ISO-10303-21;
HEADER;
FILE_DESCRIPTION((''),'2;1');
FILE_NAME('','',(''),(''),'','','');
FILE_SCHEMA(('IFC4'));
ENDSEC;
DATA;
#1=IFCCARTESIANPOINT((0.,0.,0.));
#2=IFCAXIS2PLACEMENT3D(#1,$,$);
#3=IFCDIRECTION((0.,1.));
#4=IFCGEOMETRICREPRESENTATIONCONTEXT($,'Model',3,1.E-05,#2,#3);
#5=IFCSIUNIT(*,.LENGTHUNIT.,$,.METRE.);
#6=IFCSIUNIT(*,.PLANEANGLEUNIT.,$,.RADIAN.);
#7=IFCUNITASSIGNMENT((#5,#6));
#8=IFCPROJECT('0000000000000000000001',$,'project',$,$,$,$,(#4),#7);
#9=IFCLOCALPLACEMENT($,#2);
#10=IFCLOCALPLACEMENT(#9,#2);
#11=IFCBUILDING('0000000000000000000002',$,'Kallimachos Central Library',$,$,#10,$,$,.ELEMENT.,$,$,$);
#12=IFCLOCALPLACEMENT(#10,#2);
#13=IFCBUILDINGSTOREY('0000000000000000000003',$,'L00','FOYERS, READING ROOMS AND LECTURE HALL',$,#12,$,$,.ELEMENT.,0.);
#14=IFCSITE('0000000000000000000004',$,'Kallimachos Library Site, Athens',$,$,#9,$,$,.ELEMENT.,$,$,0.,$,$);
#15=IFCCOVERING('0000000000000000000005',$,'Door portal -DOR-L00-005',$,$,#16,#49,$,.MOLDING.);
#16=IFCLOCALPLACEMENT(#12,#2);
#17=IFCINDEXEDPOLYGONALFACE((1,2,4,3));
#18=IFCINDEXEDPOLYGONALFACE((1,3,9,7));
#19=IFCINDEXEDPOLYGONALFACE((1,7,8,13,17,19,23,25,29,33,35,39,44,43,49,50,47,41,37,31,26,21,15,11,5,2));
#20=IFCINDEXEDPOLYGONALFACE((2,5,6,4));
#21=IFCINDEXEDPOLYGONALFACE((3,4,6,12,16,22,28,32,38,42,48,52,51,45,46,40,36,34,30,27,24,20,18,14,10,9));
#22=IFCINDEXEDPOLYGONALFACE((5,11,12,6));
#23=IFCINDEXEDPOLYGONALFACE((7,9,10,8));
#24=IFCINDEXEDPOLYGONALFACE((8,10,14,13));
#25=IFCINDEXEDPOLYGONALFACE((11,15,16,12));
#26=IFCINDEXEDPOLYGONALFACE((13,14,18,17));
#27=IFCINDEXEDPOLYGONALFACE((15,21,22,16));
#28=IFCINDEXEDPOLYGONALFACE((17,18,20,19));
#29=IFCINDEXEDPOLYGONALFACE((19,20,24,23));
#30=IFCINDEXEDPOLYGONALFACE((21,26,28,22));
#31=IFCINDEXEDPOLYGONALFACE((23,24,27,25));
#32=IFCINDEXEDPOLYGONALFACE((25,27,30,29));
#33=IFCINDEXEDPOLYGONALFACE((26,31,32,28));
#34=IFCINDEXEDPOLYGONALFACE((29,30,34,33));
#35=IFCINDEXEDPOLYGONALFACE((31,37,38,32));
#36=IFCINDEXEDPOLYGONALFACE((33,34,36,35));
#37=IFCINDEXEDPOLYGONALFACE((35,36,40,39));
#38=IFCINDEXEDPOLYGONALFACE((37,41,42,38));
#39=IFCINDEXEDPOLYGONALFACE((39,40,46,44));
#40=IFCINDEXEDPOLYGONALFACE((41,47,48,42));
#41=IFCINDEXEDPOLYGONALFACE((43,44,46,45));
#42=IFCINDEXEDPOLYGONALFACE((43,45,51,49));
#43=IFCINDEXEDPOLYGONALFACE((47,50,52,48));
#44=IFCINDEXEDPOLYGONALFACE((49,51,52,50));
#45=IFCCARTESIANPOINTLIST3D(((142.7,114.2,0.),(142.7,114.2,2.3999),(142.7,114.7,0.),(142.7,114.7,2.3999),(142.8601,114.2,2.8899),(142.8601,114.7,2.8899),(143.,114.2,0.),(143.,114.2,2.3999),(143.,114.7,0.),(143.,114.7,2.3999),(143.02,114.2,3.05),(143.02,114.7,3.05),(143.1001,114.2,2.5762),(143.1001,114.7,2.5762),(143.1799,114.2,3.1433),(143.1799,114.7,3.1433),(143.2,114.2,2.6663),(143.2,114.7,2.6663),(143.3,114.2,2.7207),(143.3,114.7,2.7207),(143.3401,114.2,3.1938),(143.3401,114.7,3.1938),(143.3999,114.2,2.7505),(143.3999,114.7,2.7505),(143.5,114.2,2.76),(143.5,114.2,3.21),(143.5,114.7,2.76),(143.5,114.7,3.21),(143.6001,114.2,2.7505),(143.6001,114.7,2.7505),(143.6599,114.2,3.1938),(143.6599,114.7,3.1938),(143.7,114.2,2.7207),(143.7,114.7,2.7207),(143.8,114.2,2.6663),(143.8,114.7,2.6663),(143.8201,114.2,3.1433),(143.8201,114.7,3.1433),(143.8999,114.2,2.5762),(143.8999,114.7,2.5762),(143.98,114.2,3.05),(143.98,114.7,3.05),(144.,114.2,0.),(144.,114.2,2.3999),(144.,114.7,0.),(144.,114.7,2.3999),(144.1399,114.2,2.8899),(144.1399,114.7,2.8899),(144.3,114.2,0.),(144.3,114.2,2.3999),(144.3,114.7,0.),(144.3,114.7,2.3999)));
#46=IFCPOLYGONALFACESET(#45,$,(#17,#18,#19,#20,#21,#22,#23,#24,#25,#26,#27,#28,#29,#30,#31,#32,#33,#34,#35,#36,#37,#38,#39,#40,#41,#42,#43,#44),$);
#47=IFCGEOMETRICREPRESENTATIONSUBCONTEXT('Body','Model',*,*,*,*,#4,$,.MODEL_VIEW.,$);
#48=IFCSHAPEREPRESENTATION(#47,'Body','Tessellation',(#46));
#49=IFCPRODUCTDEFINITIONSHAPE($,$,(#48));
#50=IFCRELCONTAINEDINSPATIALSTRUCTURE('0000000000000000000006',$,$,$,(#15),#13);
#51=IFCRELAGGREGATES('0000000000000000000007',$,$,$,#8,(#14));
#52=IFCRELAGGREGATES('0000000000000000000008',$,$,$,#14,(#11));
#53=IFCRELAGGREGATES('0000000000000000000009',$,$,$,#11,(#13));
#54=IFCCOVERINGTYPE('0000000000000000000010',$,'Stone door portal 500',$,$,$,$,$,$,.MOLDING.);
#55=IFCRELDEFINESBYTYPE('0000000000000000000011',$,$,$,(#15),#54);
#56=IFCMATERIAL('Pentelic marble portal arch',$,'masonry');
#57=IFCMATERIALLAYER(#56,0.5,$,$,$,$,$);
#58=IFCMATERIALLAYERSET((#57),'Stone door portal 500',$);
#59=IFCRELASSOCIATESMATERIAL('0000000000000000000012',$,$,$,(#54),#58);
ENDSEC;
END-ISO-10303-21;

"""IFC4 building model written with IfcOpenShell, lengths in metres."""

from ifc_helpers import new_model, si_unit, direction, frame, origin, place, context, subcontext, project, spatial, polyline, outline, extrude, material, layer, layer_set, type_object, element, save


model = new_model("IFC4")

# Units and contexts
model_context = context("Model", 3, precision=1e-05, world=origin(), true_north=direction((0.0, 1.0)))
body_context = subcontext(model_context, "Body", "Model", "MODEL_VIEW")
ifc_project = project(units=[si_unit("LENGTHUNIT", "METRE"), si_unit("PLANEANGLEUNIT", "RADIAN")], contexts=[model_context])

# Site, building, storey
site_placement = place(None, origin())
site = spatial("IfcSite", under=ifc_project, at=site_placement, Name="Kallimachos Library Site, Athens", CompositionType="ELEMENT", RefElevation=0.0)
building_placement = place(site_placement, origin())
building = spatial("IfcBuilding", under=site, at=building_placement, Name="Kallimachos Central Library", CompositionType="ELEMENT")
storey_placement = place(building_placement, origin())
storey = spatial("IfcBuildingStorey", under=building, at=storey_placement, Name="L00", Description="FOYERS, READING ROOMS AND LECTURE HALL", CompositionType="ELEMENT", Elevation=0.0)

# Covering
ifc_material_1 = material(Name="Pentelic marble portal arch", Category="masonry")
ifc_layer_1 = layer(ifc_material_1, 0.5)
ifc_layer_set_1 = layer_set([ifc_layer_1], Name="Stone door portal 500")
covering_type_1 = type_object("IfcCoveringType", Name="Stone door portal 500", PredefinedType="MOLDING", material=ifc_layer_set_1)
covering_1_placement = place(storey_placement, frame((142.7, 114.7, 0.0), z_axis=(0.0, 1.0, 0.0), x_axis=(0.0, 0.0, 1.0)))
element("IfcCovering", 1, at=covering_1_placement, inside=storey, type_object=covering_type_1, Name="Door portal -DOR-L00-005", PredefinedType="MOLDING", context=body_context, shape_type="SweptSolid", body=[
    extrude(outline(polyline([(0.0, 0.0), (2.3999, 0.0), (2.8899, 0.1602), (3.05, 0.3201), (3.1433, 0.48), (3.1938, 0.6401), (3.21, 0.8), (3.1938, 0.96), (3.1433, 1.1201), (3.05, 1.28), (2.8899, 1.4399), (2.3999, 1.6001), (0.0, 1.6001), (0.0, 1.3), (2.3999, 1.3), (2.5762, 1.2), (2.6663, 1.1001), (2.7207, 1.0), (2.7505, 0.9001), (2.76, 0.8), (2.7505, 0.7), (2.7207, 0.6001), (2.6663, 0.5), (2.5762, 0.4001), (2.3999, 0.3), (0.0, 0.3), (0.0, 0.0)])), origin(), (0.0, 0.0, -1.0), 0.5),
])

save(model, "model.ifc")
